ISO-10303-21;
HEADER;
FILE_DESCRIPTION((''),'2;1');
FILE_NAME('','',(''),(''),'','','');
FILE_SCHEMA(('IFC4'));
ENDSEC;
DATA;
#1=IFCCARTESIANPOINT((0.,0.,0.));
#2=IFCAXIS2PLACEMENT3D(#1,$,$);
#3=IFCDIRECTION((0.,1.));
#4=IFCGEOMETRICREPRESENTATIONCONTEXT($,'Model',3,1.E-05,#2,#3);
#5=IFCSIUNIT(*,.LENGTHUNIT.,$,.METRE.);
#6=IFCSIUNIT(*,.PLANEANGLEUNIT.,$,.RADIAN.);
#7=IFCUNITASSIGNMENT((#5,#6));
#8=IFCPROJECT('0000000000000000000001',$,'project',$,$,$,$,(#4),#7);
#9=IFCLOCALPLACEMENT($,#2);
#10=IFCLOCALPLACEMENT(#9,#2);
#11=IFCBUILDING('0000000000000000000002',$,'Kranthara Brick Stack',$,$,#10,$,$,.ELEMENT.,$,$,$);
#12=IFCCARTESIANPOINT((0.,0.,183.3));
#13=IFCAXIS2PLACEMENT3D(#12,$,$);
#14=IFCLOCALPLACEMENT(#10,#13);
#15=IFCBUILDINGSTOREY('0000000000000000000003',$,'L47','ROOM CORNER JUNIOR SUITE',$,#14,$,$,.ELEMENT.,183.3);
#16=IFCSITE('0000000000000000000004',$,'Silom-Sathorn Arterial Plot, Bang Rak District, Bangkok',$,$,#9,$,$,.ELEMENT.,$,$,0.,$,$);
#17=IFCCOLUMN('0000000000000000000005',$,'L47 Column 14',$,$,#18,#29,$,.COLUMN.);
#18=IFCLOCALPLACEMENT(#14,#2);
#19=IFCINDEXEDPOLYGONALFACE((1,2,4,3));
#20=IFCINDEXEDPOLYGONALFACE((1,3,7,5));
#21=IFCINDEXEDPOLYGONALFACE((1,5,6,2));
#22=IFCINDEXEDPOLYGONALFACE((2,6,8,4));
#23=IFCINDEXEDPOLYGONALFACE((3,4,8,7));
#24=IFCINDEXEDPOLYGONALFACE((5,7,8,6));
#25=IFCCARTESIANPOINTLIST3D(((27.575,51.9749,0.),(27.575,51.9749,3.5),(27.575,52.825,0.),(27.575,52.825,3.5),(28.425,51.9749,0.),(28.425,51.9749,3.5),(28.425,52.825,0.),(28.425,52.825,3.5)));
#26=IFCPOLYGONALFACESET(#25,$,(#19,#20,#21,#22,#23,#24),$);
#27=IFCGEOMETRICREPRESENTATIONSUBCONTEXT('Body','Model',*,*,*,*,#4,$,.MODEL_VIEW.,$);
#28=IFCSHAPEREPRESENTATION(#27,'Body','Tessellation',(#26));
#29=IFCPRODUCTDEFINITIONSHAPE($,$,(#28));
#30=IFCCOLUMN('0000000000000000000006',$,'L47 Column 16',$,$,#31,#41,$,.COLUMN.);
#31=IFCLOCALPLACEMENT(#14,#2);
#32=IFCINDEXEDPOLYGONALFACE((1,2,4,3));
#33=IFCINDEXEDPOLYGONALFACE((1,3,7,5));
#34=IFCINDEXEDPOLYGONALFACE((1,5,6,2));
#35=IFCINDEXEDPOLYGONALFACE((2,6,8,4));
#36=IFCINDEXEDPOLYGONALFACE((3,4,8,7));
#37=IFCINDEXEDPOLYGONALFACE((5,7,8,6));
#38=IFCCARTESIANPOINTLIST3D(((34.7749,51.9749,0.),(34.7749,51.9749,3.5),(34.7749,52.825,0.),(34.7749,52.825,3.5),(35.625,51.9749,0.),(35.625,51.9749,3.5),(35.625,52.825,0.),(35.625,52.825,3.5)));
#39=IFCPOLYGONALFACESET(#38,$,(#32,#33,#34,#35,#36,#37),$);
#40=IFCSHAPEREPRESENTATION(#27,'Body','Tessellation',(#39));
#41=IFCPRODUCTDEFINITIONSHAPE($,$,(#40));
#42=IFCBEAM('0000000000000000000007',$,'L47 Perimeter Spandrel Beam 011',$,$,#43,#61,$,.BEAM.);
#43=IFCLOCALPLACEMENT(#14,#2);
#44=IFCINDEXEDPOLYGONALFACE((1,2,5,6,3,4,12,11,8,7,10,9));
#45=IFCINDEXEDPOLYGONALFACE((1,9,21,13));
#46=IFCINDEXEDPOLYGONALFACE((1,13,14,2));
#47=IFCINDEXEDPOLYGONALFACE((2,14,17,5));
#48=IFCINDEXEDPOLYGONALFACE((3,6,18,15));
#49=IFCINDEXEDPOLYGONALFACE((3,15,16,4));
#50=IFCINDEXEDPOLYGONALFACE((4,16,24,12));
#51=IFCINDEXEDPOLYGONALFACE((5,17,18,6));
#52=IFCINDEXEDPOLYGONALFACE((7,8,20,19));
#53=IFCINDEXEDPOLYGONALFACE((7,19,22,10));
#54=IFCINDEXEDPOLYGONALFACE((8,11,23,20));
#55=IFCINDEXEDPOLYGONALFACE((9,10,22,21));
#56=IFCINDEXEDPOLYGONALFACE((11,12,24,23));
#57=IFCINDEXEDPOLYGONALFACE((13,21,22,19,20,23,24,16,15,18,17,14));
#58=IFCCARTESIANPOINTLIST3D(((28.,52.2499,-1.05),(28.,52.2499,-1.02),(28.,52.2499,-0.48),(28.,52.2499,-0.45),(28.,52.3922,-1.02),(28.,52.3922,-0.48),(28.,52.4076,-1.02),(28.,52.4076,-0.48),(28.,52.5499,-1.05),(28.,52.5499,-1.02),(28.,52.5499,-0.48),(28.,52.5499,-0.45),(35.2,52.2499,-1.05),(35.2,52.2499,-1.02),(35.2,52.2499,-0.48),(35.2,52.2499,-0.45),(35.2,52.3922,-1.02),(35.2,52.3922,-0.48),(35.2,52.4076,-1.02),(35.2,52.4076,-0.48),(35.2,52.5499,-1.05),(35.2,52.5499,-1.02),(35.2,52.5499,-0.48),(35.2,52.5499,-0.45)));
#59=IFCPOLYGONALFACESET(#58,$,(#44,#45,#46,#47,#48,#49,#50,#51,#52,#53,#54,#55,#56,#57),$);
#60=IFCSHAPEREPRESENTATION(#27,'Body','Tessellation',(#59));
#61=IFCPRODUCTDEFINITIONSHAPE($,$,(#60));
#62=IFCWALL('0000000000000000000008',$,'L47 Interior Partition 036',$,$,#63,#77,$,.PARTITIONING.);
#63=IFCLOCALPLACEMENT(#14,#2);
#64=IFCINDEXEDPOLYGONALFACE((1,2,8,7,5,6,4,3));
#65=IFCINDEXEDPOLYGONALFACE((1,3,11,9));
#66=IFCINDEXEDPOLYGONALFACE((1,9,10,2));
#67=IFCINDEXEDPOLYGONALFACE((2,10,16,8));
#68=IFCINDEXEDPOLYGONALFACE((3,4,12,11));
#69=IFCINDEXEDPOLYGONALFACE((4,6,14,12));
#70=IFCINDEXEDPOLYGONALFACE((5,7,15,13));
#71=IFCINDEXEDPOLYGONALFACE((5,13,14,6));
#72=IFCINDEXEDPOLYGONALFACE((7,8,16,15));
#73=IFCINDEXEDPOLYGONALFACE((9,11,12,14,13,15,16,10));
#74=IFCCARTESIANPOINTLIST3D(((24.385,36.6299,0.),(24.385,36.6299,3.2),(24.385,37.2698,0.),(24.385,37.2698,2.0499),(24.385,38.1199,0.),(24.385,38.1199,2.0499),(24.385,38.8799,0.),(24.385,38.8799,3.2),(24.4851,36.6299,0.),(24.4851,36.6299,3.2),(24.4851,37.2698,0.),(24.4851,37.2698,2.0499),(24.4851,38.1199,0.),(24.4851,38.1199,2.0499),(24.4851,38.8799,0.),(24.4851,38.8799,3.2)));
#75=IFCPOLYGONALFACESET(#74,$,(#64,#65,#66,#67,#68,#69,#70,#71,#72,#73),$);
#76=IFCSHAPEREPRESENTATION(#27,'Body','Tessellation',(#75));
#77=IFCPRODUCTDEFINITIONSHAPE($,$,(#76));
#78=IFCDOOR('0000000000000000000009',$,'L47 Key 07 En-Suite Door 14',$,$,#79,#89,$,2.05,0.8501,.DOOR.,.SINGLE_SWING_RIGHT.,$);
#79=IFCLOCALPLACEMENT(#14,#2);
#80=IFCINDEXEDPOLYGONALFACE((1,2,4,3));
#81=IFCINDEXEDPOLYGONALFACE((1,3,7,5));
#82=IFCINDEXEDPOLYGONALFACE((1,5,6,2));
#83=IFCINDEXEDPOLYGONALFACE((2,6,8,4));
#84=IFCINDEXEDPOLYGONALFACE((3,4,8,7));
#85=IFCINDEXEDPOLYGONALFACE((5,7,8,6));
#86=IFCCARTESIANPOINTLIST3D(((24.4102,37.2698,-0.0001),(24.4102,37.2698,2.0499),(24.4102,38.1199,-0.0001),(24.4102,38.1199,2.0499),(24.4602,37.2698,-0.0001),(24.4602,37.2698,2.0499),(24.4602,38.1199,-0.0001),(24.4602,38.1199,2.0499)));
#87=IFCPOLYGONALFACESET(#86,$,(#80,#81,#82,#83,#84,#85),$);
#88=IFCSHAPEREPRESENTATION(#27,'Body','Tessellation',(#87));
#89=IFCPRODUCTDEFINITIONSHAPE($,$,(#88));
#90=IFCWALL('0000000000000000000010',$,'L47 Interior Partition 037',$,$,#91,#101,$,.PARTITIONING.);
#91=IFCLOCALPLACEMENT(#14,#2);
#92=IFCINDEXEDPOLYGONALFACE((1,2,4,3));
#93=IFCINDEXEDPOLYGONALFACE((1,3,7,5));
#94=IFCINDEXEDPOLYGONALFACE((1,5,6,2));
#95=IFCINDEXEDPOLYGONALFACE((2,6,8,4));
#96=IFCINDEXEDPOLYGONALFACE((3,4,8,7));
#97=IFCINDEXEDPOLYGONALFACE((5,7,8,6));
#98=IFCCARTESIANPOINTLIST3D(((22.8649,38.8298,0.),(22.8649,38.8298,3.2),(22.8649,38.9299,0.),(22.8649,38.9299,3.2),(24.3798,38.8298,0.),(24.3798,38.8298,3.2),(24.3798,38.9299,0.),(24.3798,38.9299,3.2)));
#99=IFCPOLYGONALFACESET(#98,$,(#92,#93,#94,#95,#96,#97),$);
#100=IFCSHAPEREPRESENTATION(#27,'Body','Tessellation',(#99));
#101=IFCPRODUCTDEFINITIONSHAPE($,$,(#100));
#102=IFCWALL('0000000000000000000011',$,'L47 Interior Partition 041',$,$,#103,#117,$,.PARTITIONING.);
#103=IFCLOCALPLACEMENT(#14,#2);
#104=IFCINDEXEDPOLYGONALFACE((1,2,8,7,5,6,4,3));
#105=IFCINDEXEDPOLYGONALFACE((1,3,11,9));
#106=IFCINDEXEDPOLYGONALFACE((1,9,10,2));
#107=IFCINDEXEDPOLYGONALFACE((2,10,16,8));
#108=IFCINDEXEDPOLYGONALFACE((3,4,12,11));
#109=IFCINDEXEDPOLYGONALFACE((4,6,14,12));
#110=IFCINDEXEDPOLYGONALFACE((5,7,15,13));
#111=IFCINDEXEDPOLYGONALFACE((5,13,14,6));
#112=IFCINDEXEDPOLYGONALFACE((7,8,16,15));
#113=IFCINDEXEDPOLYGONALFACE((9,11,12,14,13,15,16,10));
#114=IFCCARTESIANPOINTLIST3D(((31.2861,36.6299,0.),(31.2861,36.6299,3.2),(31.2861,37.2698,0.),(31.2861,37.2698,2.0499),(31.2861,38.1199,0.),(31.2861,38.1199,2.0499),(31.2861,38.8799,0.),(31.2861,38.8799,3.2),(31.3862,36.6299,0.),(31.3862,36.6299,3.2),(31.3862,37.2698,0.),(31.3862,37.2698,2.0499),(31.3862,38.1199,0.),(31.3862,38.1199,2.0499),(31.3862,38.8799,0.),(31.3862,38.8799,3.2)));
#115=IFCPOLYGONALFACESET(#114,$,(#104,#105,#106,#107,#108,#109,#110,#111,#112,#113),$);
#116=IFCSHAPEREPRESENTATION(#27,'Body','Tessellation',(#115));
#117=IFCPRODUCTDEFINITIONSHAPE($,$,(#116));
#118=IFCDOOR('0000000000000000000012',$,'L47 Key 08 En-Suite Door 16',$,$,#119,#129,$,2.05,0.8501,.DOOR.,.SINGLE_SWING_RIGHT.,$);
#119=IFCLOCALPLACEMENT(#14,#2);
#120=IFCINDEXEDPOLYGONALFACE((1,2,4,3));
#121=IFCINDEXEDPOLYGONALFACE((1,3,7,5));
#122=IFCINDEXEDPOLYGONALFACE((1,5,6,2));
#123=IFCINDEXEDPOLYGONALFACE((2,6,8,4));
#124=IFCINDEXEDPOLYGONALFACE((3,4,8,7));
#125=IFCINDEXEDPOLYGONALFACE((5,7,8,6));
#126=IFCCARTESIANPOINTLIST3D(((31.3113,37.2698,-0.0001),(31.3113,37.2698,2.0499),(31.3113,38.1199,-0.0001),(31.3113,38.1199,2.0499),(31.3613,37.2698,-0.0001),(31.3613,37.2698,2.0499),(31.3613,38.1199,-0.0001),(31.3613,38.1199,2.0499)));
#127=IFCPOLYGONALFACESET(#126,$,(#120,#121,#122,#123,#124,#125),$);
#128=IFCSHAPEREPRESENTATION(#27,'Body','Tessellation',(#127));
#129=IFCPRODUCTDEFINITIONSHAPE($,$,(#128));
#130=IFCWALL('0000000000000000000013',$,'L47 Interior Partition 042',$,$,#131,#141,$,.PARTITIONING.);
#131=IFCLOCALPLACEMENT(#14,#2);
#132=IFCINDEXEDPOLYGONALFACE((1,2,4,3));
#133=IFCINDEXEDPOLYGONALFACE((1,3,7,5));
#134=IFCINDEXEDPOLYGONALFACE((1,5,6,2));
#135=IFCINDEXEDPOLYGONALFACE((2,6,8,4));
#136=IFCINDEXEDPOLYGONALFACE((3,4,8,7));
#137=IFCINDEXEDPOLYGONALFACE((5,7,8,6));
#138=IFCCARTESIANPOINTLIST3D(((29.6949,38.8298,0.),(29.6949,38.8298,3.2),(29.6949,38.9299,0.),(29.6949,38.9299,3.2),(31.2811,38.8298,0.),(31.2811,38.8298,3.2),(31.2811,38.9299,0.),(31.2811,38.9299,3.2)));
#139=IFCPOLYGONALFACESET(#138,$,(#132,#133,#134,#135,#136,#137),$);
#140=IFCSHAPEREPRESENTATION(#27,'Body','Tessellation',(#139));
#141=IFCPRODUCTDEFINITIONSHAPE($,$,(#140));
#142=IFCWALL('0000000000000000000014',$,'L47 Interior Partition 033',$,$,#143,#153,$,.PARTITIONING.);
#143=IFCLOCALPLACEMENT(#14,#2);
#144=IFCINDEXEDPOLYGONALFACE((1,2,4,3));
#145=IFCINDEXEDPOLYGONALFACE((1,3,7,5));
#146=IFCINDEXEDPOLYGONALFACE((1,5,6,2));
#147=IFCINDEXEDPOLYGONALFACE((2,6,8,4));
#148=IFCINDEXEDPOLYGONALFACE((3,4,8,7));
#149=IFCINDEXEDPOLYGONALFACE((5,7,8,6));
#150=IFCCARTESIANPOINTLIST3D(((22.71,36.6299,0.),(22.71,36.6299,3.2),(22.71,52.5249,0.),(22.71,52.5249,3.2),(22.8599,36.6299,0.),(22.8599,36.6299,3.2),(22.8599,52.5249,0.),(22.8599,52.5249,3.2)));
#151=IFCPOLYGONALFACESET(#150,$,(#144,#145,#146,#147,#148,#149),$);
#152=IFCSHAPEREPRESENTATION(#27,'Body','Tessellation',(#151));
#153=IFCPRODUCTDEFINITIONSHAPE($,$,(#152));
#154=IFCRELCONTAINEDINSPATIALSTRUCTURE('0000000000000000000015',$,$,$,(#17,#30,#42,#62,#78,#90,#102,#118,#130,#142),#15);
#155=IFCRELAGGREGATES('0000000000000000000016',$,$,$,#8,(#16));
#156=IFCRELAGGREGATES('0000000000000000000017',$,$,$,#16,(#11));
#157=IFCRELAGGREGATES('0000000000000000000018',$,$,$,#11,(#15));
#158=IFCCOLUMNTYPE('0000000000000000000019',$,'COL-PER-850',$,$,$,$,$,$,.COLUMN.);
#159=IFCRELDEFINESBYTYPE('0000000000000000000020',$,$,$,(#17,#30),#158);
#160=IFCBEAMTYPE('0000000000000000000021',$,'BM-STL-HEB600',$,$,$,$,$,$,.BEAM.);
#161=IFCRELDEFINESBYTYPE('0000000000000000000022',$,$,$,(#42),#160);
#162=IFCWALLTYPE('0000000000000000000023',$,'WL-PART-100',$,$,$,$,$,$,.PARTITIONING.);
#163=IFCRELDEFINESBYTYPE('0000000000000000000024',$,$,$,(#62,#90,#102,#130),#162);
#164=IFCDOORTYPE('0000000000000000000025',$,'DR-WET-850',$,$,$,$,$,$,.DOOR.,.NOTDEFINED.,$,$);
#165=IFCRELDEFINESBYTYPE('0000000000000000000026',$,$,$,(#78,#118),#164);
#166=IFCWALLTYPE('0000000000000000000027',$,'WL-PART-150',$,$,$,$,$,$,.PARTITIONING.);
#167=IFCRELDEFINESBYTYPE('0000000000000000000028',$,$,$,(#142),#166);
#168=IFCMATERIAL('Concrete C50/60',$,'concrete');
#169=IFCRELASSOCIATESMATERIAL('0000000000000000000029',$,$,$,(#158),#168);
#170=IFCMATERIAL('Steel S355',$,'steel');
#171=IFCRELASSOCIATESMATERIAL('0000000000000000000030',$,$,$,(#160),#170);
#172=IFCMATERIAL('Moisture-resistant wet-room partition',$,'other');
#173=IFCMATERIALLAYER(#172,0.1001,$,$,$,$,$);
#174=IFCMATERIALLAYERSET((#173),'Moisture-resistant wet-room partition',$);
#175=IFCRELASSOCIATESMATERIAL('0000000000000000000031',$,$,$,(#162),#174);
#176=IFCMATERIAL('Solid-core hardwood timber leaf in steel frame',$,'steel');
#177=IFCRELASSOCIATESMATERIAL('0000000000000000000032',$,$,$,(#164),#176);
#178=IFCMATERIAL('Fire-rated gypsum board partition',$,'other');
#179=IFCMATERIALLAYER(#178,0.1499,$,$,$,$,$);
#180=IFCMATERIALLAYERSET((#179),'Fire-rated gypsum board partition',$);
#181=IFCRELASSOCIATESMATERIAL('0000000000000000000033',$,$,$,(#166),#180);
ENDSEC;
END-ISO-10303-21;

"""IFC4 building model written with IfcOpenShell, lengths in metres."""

from ifc_helpers import new_model, si_unit, direction, frame, frame_2d, origin, origin_2d, place, context, subcontext, project, spatial, rectangle, i_section, extrude, material, layer, layer_set, material_profile, profile_set, type_object, element, fill, save


model = new_model("IFC4")

# Units and contexts
model_context = context("Model", 3, precision=1e-05, world=origin(), true_north=direction((0.0, 1.0)))
body_context = subcontext(model_context, "Body", "Model", "MODEL_VIEW")
ifc_project = project(units=[si_unit("LENGTHUNIT", "METRE"), si_unit("PLANEANGLEUNIT", "RADIAN")], contexts=[model_context])

# Site, building, storey
site_placement = place(None, origin())
site = spatial("IfcSite", under=ifc_project, at=site_placement, Name="Silom-Sathorn Arterial Plot, Bang Rak District, Bangkok", CompositionType="ELEMENT", RefElevation=0.0)
building_placement = place(site_placement, origin())
building = spatial("IfcBuilding", under=site, at=building_placement, Name="Kranthara Brick Stack", CompositionType="ELEMENT")
storey_placement = place(building_placement, frame((0.0, 0.0, 183.3)))
storey = spatial("IfcBuildingStorey", under=building, at=storey_placement, Name="L47", Description="ROOM CORNER JUNIOR SUITE", CompositionType="ELEMENT", Elevation=183.3)

# Columns
ifc_material_1 = material(Name="Concrete C50/60", Category="concrete")
ifc_material_profile_1 = material_profile(ifc_material_1, rectangle(XDim=0.8501, YDim=0.8501, at=origin_2d()), Name="RC 850x850")
ifc_profile_set_1 = profile_set([ifc_material_profile_1], Name="Concrete C50/60")
column_type = type_object("IfcColumnType", Name="COL-PER-850", PredefinedType="COLUMN", material=ifc_profile_set_1)
for number, where, z_axis, x_axis, name in (
    (1, (28.0, 52.3999, 0.0), (0.0, 0.0, 1.0), (1.0, 0.0, 0.0), "L47 Column 14"),
    (2, (35.2, 52.3999, 0.0), (0.0, 0.0, 1.0), (1.0, 0.0, 0.0), "L47 Column 16"),
):
    element("IfcColumn", number, at=place(storey_placement, frame(where, z_axis=z_axis, x_axis=x_axis)), inside=storey, type_object=column_type, Name=name, PredefinedType="COLUMN", context=body_context, shape_type="SweptSolid", body=[
        extrude(rectangle(XDim=0.8501, YDim=0.8501, at=origin_2d()), origin(), (0.0, 0.0, 1.0), 3.5),
    ])

# Beam
ifc_material_2 = material(Name="Steel S355", Category="steel")
ifc_material_profile_2 = material_profile(ifc_material_2, i_section(OverallWidth=0.3, OverallDepth=0.6001, WebThickness=0.0154, FlangeThickness=0.03, at=origin_2d()), Name="HEB 600")
ifc_profile_set_2 = profile_set([ifc_material_profile_2], Name="Steel S355")
beam_type = type_object("IfcBeamType", Name="BM-STL-HEB600", PredefinedType="BEAM", material=ifc_profile_set_2)
beam_placement = place(storey_placement, frame((28.0, 52.3999, -0.75), z_axis=(1.0, 0.0, 0.0), x_axis=(0.0, 1.0, 0.0)))
element("IfcBeam", 3, at=beam_placement, inside=storey, type_object=beam_type, Name="L47 Perimeter Spandrel Beam 011", PredefinedType="BEAM", context=body_context, shape_type="SweptSolid", body=[
    extrude(i_section(OverallWidth=0.3, OverallDepth=0.6001, WebThickness=0.0154, FlangeThickness=0.03, at=origin_2d()), origin(), (0.0, 0.0, 1.0), 7.2),
])

# Wall, opening, door
ifc_material_3 = material(Name="Moisture-resistant wet-room partition", Category="other")
ifc_layer_1 = layer(ifc_material_3, 0.1001)
ifc_layer_set_1 = layer_set([ifc_layer_1], Name="Moisture-resistant wet-room partition")
wall_type_1 = type_object("IfcWallType", Name="WL-PART-100", PredefinedType="PARTITIONING", material=ifc_layer_set_1)
wall_1_placement = place(storey_placement, frame((24.4351, 36.6299, 0.0), z_axis=(0.0, 0.0, 1.0), x_axis=(0.0, 1.0, 0.0)))
wall_1 = element("IfcWall", 4, at=wall_1_placement, inside=storey, type_object=wall_type_1, Name="L47 Interior Partition 036", PredefinedType="PARTITIONING", context=body_context, shape_type="SweptSolid", body=[
    extrude(rectangle(XDim=2.25, YDim=0.1001, at=frame_2d((1.125, 0.0))), origin(), (0.0, 0.0, 1.0), 3.2),
])
opening_1_placement = place(wall_1_placement, frame((0.6399, 0.0, 0.0)))
opening_1 = element("IfcOpeningElement", 5, at=opening_1_placement, cuts=wall_1, PredefinedType="OPENING", context=body_context, shape_type="SweptSolid", body=[
    extrude(rectangle(XDim=0.8501, YDim=2.05, at=frame_2d((0.425, 1.0249))), frame((0.0, 0.0601, 0.0), z_axis=(0.0, -1.0, 0.0), x_axis=(1.0, 0.0, 0.0)), (0.0, 0.0, 1.0), 0.1201),
])
ifc_material_4 = material(Name="Solid-core hardwood timber leaf in steel frame", Category="steel")
door_type_1 = type_object("IfcDoorType", Name="DR-WET-850", OperationType="NOTDEFINED", PredefinedType="DOOR", material=ifc_material_4)
door_1_placement = place(opening_1_placement, origin())
door_1 = element("IfcDoor", 6, at=door_1_placement, inside=storey, type_object=door_type_1, Name="L47 Key 07 En-Suite Door 14", OperationType="SINGLE_SWING_RIGHT", OverallHeight=2.05, OverallWidth=0.8501, PredefinedType="DOOR", context=body_context, shape_type="SweptSolid", body=[
    extrude(rectangle(XDim=0.8501, YDim=2.05, at=frame_2d((0.425, 1.0249))), frame((0.0, 0.0249, 0.0), z_axis=(0.0, -1.0, 0.0), x_axis=(1.0, 0.0, 0.0)), (0.0, 0.0, 1.0), 0.05),
])
fill(opening_1, door_1)

# Wall
wall_2_placement = place(storey_placement, frame((22.865, 38.8799, 0.0), z_axis=(0.0, 0.0, 1.0), x_axis=(1.0, 0.0, 0.0)))
element("IfcWall", 7, at=wall_2_placement, inside=storey, type_object=wall_type_1, Name="L47 Interior Partition 037", PredefinedType="PARTITIONING", context=body_context, shape_type="SweptSolid", body=[
    extrude(rectangle(XDim=1.5149, YDim=0.1001, at=frame_2d((0.7573, 0.0))), origin(), (0.0, 0.0, 1.0), 3.2),
])

# Wall, opening, door
wall_3_placement = place(storey_placement, frame((31.3362, 36.6299, 0.0), z_axis=(0.0, 0.0, 1.0), x_axis=(0.0, 1.0, 0.0)))
wall_3 = element("IfcWall", 8, at=wall_3_placement, inside=storey, type_object=wall_type_1, Name="L47 Interior Partition 041", PredefinedType="PARTITIONING", context=body_context, shape_type="SweptSolid", body=[
    extrude(rectangle(XDim=2.25, YDim=0.1001, at=frame_2d((1.125, 0.0))), origin(), (0.0, 0.0, 1.0), 3.2),
])
opening_2_placement = place(wall_3_placement, frame((0.6399, 0.0, 0.0)))
opening_2 = element("IfcOpeningElement", 9, at=opening_2_placement, cuts=wall_3, PredefinedType="OPENING", context=body_context, shape_type="SweptSolid", body=[
    extrude(rectangle(XDim=0.8501, YDim=2.05, at=frame_2d((0.425, 1.0249))), frame((0.0, 0.0601, 0.0), z_axis=(0.0, -1.0, 0.0), x_axis=(1.0, 0.0, 0.0)), (0.0, 0.0, 1.0), 0.1201),
])
door_2_placement = place(opening_2_placement, origin())
door_2 = element("IfcDoor", 10, at=door_2_placement, inside=storey, type_object=door_type_1, Name="L47 Key 08 En-Suite Door 16", OperationType="SINGLE_SWING_RIGHT", OverallHeight=2.05, OverallWidth=0.8501, PredefinedType="DOOR", context=body_context, shape_type="SweptSolid", body=[
    extrude(rectangle(XDim=0.8501, YDim=2.05, at=frame_2d((0.425, 1.0249))), frame((0.0, 0.0249, 0.0), z_axis=(0.0, -1.0, 0.0), x_axis=(1.0, 0.0, 0.0)), (0.0, 0.0, 1.0), 0.05),
])
fill(opening_2, door_2)

# Walls
wall_4_placement = place(storey_placement, frame((29.6951, 38.8799, 0.0), z_axis=(0.0, 0.0, 1.0), x_axis=(1.0, 0.0, 0.0)))
element("IfcWall", 11, at=wall_4_placement, inside=storey, type_object=wall_type_1, Name="L47 Interior Partition 042", PredefinedType="PARTITIONING", context=body_context, shape_type="SweptSolid", body=[
    extrude(rectangle(XDim=1.5862, YDim=0.1001, at=frame_2d((0.793, 0.0))), origin(), (0.0, 0.0, 1.0), 3.2),
])
ifc_material_5 = material(Name="Fire-rated gypsum board partition", Category="other")
ifc_layer_2 = layer(ifc_material_5, 0.1499)
ifc_layer_set_2 = layer_set([ifc_layer_2], Name="Fire-rated gypsum board partition")
wall_type_2 = type_object("IfcWallType", Name="WL-PART-150", PredefinedType="PARTITIONING", material=ifc_layer_set_2)
wall_5_placement = place(storey_placement, frame((22.7849, 36.6299, 0.0), z_axis=(0.0, 0.0, 1.0), x_axis=(0.0, 1.0, 0.0)))
element("IfcWall", 12, at=wall_5_placement, inside=storey, type_object=wall_type_2, Name="L47 Interior Partition 033", PredefinedType="PARTITIONING", context=body_context, shape_type="SweptSolid", body=[
    extrude(rectangle(XDim=15.895, YDim=0.1499, at=frame_2d((7.9475, 0.0))), origin(), (0.0, 0.0, 1.0), 3.2),
])

save(model, "model.ifc")
